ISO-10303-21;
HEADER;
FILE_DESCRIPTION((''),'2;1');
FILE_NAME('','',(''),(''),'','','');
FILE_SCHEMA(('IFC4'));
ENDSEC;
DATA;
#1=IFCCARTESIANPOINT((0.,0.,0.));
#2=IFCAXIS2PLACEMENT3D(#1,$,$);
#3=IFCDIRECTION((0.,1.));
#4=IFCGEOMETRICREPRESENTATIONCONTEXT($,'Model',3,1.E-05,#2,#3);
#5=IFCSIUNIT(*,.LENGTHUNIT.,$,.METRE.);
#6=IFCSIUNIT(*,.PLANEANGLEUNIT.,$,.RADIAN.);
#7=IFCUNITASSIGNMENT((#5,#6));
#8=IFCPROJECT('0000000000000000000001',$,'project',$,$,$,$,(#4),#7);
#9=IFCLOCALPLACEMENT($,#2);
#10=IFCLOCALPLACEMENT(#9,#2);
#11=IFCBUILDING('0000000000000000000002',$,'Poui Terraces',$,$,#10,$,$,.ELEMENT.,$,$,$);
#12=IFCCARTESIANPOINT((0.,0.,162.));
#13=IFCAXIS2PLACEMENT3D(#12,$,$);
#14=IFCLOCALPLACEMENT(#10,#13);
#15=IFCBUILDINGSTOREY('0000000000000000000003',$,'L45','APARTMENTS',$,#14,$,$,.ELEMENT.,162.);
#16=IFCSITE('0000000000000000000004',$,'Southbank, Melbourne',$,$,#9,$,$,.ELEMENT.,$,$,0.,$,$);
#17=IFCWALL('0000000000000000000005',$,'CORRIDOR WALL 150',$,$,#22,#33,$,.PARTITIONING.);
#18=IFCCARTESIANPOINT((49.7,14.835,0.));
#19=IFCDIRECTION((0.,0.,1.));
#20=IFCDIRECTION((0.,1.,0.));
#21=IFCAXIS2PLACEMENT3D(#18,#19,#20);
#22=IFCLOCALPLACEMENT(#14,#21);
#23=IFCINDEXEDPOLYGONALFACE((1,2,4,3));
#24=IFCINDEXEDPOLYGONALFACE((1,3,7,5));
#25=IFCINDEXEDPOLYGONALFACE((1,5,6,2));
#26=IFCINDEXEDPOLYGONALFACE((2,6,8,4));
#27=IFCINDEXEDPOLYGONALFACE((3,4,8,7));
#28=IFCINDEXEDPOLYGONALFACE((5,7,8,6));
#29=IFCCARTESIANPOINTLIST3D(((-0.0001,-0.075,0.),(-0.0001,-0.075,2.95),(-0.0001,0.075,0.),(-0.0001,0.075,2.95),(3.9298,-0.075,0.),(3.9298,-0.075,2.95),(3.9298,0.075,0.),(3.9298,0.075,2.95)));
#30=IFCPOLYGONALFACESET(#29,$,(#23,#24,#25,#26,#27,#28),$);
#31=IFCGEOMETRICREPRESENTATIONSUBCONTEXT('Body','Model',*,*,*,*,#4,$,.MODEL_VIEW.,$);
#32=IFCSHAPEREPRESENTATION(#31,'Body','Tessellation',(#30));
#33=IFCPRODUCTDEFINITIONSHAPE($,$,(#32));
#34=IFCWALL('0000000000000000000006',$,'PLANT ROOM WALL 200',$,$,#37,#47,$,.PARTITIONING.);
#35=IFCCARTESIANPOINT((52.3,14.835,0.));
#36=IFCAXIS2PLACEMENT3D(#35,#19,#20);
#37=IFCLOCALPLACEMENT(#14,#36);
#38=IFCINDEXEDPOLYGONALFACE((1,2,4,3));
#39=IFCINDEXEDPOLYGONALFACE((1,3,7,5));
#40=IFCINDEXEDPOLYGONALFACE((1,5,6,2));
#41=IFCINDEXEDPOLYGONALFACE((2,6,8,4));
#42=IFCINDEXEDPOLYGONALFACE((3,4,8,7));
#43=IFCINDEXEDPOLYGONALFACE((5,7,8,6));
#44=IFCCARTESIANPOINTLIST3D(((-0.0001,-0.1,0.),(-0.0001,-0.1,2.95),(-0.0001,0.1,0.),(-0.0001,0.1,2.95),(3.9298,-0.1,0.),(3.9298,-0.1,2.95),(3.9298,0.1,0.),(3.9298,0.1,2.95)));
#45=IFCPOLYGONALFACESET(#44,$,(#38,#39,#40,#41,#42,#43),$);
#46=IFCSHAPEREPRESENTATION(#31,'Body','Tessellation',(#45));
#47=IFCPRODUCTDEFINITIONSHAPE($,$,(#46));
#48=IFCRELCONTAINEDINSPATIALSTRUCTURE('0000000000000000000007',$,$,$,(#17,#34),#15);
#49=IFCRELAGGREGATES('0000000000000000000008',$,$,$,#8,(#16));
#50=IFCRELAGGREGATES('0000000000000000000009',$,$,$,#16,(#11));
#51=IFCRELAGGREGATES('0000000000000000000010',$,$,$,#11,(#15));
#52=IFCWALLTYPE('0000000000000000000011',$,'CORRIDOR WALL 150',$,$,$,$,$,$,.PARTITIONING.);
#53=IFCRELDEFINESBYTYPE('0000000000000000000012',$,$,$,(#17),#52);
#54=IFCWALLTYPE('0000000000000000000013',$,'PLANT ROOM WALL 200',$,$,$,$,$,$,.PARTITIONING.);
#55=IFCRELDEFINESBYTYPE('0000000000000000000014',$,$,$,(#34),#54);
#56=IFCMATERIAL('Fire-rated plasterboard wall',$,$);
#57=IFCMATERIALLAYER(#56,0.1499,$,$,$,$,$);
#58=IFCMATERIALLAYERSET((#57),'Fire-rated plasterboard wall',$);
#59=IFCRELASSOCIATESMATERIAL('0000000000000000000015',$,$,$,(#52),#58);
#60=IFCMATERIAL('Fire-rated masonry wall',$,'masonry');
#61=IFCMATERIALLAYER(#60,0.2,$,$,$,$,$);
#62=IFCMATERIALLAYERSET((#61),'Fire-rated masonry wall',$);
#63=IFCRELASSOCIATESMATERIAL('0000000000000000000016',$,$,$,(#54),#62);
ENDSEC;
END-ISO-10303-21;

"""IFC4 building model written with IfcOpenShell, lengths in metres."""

from ifc_helpers import new_model, si_unit, direction, frame, frame_2d, origin, place, context, subcontext, project, spatial, rectangle, extrude, material, layer, layer_set, type_object, element, save


model = new_model("IFC4")

# Units and contexts
model_context = context("Model", 3, precision=1e-05, world=origin(), true_north=direction((0.0, 1.0)))
body_context = subcontext(model_context, "Body", "Model", "MODEL_VIEW")
ifc_project = project(units=[si_unit("LENGTHUNIT", "METRE"), si_unit("PLANEANGLEUNIT", "RADIAN")], contexts=[model_context])

# Site, building, storey
site_placement = place(None, origin())
site = spatial("IfcSite", under=ifc_project, at=site_placement, Name="Southbank, Melbourne", CompositionType="ELEMENT", RefElevation=0.0)
building_placement = place(site_placement, origin())
building = spatial("IfcBuilding", under=site, at=building_placement, Name="Poui Terraces", CompositionType="ELEMENT")
storey_placement = place(building_placement, frame((0.0, 0.0, 162.0)))
storey = spatial("IfcBuildingStorey", under=building, at=storey_placement, Name="L45", Description="APARTMENTS", CompositionType="ELEMENT", Elevation=162.0)

# Wall
ifc_material_1 = material(Name="Fire-rated plasterboard wall")
ifc_layer_1 = layer(ifc_material_1, 0.1499)
ifc_layer_set_1 = layer_set([ifc_layer_1], Name="Fire-rated plasterboard wall")
wall_type_1 = type_object("IfcWallType", Name="CORRIDOR WALL 150", PredefinedType="PARTITIONING", material=ifc_layer_set_1)
wall_1_placement = place(storey_placement, frame((49.7, 14.835, 0.0), z_axis=(0.0, 0.0, 1.0), x_axis=(0.0, 1.0, 0.0)))
element("IfcWall", 1, at=wall_1_placement, inside=storey, type_object=wall_type_1, Name="CORRIDOR WALL 150", PredefinedType="PARTITIONING", context=body_context, shape_type="SweptSolid", body=[
    extrude(rectangle(XDim=3.9299, YDim=0.1499, at=frame_2d((1.9648, 0.0))), origin(), (0.0, 0.0, 1.0), 2.95),
])

# Wall
ifc_material_2 = material(Name="Fire-rated masonry wall", Category="masonry")
ifc_layer_2 = layer(ifc_material_2, 0.2)
ifc_layer_set_2 = layer_set([ifc_layer_2], Name="Fire-rated masonry wall")
wall_type_2 = type_object("IfcWallType", Name="PLANT ROOM WALL 200", PredefinedType="PARTITIONING", material=ifc_layer_set_2)
wall_2_placement = place(storey_placement, frame((52.3, 14.835, 0.0), z_axis=(0.0, 0.0, 1.0), x_axis=(0.0, 1.0, 0.0)))
element("IfcWall", 2, at=wall_2_placement, inside=storey, type_object=wall_type_2, Name="PLANT ROOM WALL 200", PredefinedType="PARTITIONING", context=body_context, shape_type="SweptSolid", body=[
    extrude(rectangle(XDim=3.9299, YDim=0.2, at=frame_2d((1.9648, 0.0))), origin(), (0.0, 0.0, 1.0), 2.95),
])

save(model, "model.ifc")
